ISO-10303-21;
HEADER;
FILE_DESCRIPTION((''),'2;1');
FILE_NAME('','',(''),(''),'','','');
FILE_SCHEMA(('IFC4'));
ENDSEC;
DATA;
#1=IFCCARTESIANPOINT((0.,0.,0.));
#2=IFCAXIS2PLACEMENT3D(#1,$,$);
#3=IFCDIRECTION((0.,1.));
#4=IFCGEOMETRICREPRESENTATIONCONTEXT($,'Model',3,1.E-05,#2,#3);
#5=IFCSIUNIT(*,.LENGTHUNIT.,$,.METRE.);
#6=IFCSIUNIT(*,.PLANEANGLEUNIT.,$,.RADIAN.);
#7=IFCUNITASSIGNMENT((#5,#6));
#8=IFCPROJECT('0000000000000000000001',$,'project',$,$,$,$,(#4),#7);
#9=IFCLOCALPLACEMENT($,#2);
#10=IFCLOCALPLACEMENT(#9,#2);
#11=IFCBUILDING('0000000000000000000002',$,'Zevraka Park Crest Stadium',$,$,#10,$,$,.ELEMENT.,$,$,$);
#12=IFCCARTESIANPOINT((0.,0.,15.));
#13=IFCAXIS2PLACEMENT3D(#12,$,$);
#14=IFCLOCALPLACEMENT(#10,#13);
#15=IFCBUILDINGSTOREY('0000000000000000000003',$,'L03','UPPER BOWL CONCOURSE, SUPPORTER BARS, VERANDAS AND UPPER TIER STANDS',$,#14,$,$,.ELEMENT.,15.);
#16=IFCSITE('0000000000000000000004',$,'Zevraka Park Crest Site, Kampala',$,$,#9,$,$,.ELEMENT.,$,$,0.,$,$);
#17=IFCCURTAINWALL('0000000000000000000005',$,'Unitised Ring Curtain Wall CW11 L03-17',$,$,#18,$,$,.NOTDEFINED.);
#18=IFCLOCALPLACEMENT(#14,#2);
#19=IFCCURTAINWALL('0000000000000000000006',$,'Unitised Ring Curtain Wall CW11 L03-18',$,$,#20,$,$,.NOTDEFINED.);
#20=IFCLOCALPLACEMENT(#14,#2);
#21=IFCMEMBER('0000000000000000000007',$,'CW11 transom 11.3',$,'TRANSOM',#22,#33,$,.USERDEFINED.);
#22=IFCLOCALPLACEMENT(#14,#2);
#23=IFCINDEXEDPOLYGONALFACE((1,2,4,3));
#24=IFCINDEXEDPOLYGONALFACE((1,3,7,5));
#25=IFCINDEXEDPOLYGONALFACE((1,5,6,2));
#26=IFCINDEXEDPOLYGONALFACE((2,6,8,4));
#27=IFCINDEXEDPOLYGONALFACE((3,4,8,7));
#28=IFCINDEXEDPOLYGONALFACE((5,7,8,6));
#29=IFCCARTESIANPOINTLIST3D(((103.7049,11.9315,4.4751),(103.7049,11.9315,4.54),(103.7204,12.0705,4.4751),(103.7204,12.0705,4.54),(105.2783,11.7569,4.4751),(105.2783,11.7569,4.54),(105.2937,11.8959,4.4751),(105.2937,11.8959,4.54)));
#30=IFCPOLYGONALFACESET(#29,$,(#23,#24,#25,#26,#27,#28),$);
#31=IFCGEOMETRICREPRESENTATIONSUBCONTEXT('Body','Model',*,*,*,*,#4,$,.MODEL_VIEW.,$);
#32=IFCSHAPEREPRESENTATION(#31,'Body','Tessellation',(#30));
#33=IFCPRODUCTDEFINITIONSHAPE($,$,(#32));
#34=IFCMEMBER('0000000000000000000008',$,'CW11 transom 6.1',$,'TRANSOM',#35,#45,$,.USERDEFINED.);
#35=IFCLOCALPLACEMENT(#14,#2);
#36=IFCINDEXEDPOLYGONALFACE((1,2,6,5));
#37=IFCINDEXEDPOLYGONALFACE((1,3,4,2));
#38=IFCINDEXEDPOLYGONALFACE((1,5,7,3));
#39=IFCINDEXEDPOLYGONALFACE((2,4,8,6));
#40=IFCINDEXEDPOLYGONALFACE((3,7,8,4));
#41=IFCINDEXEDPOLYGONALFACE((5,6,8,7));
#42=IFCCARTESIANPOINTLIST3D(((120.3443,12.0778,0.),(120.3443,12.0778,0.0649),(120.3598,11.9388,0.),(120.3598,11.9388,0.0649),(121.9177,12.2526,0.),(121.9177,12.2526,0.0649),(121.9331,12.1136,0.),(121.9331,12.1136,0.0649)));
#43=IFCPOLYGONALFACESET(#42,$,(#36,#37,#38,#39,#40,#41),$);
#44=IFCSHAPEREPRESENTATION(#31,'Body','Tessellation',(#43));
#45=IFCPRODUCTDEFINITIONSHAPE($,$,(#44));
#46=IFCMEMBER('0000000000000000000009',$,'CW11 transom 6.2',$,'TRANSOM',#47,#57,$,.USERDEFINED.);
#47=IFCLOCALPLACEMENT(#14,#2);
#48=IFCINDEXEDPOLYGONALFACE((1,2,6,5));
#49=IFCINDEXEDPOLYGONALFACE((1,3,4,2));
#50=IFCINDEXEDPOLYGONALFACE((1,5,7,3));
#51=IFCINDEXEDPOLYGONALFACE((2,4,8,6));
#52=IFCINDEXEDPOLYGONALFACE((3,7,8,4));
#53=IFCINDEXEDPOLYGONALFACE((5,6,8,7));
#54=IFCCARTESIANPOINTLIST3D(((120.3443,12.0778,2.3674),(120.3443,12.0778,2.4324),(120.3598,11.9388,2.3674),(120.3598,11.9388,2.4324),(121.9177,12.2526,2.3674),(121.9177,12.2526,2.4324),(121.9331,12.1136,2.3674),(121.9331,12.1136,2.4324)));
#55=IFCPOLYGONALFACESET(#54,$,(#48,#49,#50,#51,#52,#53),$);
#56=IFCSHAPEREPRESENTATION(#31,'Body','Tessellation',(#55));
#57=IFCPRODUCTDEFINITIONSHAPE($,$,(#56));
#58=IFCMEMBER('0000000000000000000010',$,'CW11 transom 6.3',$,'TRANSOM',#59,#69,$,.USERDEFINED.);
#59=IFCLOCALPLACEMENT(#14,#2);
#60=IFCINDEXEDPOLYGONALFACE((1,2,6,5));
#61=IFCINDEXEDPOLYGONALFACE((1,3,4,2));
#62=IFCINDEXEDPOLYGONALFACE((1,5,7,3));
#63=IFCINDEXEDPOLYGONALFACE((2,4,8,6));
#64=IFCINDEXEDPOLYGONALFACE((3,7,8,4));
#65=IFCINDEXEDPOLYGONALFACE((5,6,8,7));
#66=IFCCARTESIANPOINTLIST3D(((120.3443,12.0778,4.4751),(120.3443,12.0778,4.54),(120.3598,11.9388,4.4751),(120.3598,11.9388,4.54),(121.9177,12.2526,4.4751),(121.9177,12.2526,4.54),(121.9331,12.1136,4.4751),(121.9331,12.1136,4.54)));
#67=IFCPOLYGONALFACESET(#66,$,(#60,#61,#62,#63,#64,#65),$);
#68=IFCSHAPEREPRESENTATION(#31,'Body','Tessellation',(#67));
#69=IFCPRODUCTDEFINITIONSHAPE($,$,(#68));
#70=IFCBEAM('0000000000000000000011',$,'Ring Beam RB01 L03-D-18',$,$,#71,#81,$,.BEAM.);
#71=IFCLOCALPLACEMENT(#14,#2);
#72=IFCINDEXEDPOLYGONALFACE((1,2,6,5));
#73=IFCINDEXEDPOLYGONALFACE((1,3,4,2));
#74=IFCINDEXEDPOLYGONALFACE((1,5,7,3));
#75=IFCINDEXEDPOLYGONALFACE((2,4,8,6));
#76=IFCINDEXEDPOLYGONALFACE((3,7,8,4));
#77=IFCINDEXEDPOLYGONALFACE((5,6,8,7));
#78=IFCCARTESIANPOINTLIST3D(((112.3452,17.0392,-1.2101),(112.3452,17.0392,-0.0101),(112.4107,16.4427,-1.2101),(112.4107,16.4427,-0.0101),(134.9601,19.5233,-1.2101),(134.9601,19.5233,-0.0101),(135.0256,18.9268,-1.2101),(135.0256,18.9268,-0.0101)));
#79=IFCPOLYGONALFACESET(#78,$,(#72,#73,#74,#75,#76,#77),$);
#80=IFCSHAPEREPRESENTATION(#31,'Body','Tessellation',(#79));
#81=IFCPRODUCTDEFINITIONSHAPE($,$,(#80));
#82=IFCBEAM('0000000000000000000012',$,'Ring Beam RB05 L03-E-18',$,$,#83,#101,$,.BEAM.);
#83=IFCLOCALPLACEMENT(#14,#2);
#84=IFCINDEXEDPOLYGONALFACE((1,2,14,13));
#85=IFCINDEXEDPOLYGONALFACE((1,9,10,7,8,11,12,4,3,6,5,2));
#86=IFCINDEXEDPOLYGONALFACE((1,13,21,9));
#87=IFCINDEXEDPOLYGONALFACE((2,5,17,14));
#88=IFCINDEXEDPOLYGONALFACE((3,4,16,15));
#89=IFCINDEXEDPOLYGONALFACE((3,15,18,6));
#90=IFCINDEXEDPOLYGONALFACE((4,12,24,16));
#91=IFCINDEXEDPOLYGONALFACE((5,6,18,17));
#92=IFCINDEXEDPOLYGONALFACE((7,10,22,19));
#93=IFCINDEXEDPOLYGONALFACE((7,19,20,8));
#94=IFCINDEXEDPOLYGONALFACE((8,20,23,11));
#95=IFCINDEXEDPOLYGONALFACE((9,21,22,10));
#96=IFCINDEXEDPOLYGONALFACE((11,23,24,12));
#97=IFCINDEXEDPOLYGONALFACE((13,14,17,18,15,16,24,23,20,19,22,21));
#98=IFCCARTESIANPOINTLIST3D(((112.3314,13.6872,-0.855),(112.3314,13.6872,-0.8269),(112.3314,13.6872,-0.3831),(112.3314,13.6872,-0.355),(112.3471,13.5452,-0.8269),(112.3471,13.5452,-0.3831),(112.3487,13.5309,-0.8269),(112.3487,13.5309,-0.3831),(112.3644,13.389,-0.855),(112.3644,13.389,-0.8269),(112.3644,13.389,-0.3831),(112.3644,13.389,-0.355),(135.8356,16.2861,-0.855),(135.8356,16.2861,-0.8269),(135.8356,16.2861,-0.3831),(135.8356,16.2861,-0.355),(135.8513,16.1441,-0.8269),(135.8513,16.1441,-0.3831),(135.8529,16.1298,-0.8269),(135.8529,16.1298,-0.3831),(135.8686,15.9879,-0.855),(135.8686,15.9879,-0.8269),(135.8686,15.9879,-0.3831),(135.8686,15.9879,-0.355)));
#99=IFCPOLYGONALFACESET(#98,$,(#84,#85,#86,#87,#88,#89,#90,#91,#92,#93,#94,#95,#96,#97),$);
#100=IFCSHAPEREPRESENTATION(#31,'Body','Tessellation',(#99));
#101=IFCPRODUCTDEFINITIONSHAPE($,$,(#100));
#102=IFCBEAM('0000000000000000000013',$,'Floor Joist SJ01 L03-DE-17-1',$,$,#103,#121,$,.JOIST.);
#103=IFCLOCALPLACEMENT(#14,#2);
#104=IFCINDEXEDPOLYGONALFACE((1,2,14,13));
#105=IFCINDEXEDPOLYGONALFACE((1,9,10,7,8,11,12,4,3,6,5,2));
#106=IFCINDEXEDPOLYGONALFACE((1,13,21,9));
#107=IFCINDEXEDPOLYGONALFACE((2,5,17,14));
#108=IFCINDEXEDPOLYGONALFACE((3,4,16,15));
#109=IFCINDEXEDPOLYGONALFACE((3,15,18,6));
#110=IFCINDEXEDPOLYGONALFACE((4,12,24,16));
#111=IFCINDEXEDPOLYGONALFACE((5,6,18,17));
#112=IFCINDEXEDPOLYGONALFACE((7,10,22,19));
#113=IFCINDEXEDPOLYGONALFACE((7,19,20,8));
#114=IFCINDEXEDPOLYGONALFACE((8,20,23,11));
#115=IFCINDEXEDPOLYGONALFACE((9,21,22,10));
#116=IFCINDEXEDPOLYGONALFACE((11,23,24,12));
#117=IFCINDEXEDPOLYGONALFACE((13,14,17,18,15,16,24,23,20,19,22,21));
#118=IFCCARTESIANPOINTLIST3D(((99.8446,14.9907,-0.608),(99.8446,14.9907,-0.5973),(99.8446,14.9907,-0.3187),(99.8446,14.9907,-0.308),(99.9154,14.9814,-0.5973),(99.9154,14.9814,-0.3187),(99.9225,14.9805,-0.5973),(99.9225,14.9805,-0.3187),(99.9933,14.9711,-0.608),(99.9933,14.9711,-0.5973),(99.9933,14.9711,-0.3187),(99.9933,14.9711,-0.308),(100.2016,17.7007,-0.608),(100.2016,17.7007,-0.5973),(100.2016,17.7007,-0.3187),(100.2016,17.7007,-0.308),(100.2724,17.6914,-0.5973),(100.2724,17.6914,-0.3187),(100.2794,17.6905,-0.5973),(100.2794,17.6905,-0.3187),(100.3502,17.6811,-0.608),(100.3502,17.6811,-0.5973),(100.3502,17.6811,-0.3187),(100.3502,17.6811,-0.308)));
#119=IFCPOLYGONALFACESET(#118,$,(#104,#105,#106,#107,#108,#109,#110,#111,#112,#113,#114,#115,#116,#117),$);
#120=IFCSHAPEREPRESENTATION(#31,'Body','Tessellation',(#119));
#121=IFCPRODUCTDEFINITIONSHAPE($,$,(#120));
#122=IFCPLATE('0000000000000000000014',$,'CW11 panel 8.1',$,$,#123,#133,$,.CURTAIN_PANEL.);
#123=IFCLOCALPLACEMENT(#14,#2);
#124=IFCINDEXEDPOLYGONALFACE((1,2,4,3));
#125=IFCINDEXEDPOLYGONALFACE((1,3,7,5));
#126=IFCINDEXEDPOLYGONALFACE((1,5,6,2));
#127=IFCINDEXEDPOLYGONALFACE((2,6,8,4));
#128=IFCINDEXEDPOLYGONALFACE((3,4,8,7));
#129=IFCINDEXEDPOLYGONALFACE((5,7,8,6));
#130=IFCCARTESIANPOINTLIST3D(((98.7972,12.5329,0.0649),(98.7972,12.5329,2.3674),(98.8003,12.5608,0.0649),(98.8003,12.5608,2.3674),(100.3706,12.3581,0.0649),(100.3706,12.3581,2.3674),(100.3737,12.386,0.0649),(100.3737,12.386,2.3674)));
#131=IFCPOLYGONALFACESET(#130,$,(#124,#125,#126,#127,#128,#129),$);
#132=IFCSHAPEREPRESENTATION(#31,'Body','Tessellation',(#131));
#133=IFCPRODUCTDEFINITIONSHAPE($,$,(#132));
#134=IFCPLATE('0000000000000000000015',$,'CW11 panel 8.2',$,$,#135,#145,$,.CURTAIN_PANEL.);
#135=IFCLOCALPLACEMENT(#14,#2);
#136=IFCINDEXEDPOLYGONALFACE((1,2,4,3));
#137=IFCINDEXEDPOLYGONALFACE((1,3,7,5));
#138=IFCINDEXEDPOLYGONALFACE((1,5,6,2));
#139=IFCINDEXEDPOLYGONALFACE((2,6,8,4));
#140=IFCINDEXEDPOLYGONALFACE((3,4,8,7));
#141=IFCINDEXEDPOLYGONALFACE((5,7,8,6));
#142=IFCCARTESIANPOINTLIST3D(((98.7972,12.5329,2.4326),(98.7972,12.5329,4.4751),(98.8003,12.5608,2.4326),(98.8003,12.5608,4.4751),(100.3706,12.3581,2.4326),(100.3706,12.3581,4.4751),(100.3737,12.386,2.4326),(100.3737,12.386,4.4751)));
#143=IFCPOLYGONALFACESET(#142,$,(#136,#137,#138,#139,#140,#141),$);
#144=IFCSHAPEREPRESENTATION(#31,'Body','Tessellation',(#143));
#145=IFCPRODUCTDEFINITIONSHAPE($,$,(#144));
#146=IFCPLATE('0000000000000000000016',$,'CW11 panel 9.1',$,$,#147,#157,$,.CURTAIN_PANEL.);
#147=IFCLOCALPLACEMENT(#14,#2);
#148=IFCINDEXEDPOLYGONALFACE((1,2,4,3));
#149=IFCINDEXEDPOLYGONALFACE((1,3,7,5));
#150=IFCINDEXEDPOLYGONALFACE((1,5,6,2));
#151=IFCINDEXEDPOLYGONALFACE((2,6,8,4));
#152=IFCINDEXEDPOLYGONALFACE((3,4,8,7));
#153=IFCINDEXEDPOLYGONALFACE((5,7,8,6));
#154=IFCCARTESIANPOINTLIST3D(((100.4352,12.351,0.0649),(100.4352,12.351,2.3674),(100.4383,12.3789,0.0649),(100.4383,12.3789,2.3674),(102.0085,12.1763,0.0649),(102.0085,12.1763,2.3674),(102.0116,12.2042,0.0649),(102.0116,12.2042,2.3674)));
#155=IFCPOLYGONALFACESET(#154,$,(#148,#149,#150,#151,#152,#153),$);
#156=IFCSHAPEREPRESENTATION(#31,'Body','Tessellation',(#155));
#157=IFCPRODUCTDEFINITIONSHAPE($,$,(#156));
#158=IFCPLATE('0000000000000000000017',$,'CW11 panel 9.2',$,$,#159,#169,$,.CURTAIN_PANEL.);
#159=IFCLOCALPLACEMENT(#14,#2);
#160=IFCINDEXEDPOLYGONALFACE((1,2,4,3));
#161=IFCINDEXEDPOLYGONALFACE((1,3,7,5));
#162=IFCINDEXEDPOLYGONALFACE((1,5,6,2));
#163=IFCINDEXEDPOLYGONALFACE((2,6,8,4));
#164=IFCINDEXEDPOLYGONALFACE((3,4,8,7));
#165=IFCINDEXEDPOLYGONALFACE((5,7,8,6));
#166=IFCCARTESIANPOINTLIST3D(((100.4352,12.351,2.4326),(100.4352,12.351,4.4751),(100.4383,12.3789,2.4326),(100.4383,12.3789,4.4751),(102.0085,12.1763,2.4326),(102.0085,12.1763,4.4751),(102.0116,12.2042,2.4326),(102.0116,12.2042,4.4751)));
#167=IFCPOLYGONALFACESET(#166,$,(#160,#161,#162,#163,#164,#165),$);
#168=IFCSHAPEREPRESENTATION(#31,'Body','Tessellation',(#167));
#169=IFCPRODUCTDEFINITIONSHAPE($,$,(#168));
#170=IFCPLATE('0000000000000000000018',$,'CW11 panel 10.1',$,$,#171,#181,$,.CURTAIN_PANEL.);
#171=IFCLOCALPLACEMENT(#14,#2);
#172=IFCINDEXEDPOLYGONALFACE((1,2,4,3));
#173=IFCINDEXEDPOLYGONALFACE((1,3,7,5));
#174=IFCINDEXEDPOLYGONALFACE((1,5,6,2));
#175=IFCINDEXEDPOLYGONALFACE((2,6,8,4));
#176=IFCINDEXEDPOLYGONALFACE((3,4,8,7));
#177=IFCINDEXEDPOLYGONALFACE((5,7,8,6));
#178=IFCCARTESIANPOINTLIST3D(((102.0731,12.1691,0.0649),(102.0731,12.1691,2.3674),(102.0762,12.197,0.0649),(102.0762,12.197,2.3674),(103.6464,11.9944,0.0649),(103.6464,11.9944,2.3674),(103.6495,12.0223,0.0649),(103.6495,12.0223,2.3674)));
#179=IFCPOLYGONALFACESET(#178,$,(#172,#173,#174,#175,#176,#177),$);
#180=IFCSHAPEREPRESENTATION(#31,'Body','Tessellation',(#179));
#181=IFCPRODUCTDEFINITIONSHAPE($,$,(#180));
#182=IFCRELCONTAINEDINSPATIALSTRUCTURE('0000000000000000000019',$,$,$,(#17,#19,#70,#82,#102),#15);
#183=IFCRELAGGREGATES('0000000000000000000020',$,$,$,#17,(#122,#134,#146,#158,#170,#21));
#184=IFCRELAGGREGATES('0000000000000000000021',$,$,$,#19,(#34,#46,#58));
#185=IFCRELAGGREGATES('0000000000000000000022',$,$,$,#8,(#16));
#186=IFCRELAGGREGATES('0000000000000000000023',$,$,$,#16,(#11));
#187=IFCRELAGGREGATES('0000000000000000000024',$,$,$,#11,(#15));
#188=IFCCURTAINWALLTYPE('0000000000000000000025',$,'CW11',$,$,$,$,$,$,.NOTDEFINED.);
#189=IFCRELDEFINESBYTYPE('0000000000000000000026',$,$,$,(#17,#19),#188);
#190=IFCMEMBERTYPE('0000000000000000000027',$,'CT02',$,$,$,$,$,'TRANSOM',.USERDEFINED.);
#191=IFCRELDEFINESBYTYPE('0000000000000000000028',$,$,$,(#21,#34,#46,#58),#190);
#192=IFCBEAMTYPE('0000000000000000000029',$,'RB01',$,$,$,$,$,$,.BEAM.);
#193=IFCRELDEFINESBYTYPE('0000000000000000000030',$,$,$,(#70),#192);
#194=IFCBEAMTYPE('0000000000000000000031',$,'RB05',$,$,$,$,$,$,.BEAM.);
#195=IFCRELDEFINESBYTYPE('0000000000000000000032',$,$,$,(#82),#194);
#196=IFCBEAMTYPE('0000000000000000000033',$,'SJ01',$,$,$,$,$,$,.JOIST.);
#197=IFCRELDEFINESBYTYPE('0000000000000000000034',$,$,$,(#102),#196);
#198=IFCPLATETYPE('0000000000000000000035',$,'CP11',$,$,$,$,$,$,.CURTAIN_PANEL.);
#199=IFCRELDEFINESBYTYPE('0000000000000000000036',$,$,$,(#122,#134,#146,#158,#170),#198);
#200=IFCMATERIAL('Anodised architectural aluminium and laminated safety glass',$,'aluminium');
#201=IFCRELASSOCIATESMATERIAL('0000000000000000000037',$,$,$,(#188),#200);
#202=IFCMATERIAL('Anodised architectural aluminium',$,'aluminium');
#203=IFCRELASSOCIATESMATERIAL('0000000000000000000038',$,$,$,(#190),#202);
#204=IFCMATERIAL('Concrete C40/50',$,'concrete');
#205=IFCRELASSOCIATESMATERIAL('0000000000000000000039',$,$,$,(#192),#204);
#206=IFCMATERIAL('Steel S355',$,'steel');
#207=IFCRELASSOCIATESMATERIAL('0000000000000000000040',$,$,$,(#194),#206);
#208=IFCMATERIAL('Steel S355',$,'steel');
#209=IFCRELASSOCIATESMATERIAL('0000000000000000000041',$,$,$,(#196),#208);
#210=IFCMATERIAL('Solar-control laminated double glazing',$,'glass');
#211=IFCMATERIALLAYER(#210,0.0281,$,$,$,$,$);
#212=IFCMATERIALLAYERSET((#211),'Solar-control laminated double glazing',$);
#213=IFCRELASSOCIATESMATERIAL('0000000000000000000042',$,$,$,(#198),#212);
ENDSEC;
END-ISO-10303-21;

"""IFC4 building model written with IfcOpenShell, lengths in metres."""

from ifc_helpers import new_model, si_unit, direction, frame, origin, origin_2d, place, context, subcontext, project, spatial, rectangle, i_section, extrude, material, layer, layer_set, material_profile, profile_set, type_object, element, aggregate, save


model = new_model("IFC4")

# Units and contexts
model_context = context("Model", 3, precision=1e-05, world=origin(), true_north=direction((0.0, 1.0)))
body_context = subcontext(model_context, "Body", "Model", "MODEL_VIEW")
ifc_project = project(units=[si_unit("LENGTHUNIT", "METRE"), si_unit("PLANEANGLEUNIT", "RADIAN")], contexts=[model_context])

# Site, building, storey
site_placement = place(None, origin())
site = spatial("IfcSite", under=ifc_project, at=site_placement, Name="Zevraka Park Crest Site, Kampala", CompositionType="ELEMENT", RefElevation=0.0)
building_placement = place(site_placement, origin())
building = spatial("IfcBuilding", under=site, at=building_placement, Name="Zevraka Park Crest Stadium", CompositionType="ELEMENT")
storey_placement = place(building_placement, frame((0.0, 0.0, 15.0)))
storey = spatial("IfcBuildingStorey", under=building, at=storey_placement, Name="L03", Description="UPPER BOWL CONCOURSE, SUPPORTER BARS, VERANDAS AND UPPER TIER STANDS", CompositionType="ELEMENT", Elevation=15.0)

# Curtain wall
ifc_material_1 = material(Name="Anodised architectural aluminium and laminated safety glass", Category="aluminium")
curtain_wall_type = type_object("IfcCurtainWallType", Name="CW11", PredefinedType="NOTDEFINED", material=ifc_material_1)
curtain_wall_1_placement = place(storey_placement, origin())
curtain_wall_1 = element("IfcCurtainWall", 1, at=curtain_wall_1_placement, inside=storey, type_object=curtain_wall_type, Name="Unitised Ring Curtain Wall CW11 L03-17", PredefinedType="NOTDEFINED")

# Curtain wall
curtain_wall_2_placement = place(storey_placement, origin())
curtain_wall_2 = element("IfcCurtainWall", 2, at=curtain_wall_2_placement, inside=storey, type_object=curtain_wall_type, Name="Unitised Ring Curtain Wall CW11 L03-18", PredefinedType="NOTDEFINED")

# Members
ifc_material_2 = material(Name="Anodised architectural aluminium", Category="aluminium")
ifc_material_profile_1 = material_profile(ifc_material_2, rectangle(XDim=0.1399, YDim=0.0649, at=origin_2d()), Name="ALU TRANSOM 140x65")
ifc_profile_set_1 = profile_set([ifc_material_profile_1], Name="Anodised architectural aluminium")
member_type_1 = type_object("IfcMemberType", Name="CT02", ElementType="TRANSOM", PredefinedType="USERDEFINED", material=ifc_profile_set_1)
member_1_placement = place(storey_placement, frame((103.7126, 12.001, 4.5076), z_axis=(0.993901, -0.110279, 0.0), x_axis=(0.110279, 0.993901, 0.0)))
member_1 = element("IfcMember", 3, at=member_1_placement, type_object=member_type_1, Name="CW11 transom 11.3", ObjectType="TRANSOM", PredefinedType="USERDEFINED", context=body_context, shape_type="SweptSolid", body=[
    extrude(rectangle(XDim=0.1399, YDim=0.0649, at=origin_2d()), origin(), (0.0, 0.0, 1.0), 1.583),
])
member_2_placement = place(storey_placement, frame((120.3521, 12.0083, 0.0325), z_axis=(0.993884, 0.110432, 0.0), x_axis=(-0.110432, 0.993884, 0.0)))
member_2 = element("IfcMember", 4, at=member_2_placement, type_object=member_type_1, Name="CW11 transom 6.1", ObjectType="TRANSOM", PredefinedType="USERDEFINED", context=body_context, shape_type="SweptSolid", body=[
    extrude(rectangle(XDim=0.1399, YDim=0.0649, at=origin_2d()), origin(), (0.0, 0.0, 1.0), 1.583),
])
member_3_placement = place(storey_placement, frame((120.3521, 12.0083, 2.3999), z_axis=(0.993884, 0.110432, 0.0), x_axis=(-0.110432, 0.993884, 0.0)))
member_3 = element("IfcMember", 5, at=member_3_placement, type_object=member_type_1, Name="CW11 transom 6.2", ObjectType="TRANSOM", PredefinedType="USERDEFINED", context=body_context, shape_type="SweptSolid", body=[
    extrude(rectangle(XDim=0.1399, YDim=0.0649, at=origin_2d()), origin(), (0.0, 0.0, 1.0), 1.583),
])
member_4_placement = place(storey_placement, frame((120.3521, 12.0083, 4.5076), z_axis=(0.993884, 0.110432, 0.0), x_axis=(-0.110432, 0.993884, 0.0)))
member_4 = element("IfcMember", 6, at=member_4_placement, type_object=member_type_1, Name="CW11 transom 6.3", ObjectType="TRANSOM", PredefinedType="USERDEFINED", context=body_context, shape_type="SweptSolid", body=[
    extrude(rectangle(XDim=0.1399, YDim=0.0649, at=origin_2d()), origin(), (0.0, 0.0, 1.0), 1.583),
])

# Beams
ifc_material_3 = material(Name="Concrete C40/50", Category="concrete")
ifc_material_profile_2 = material_profile(ifc_material_3, rectangle(XDim=0.6001, YDim=1.2, at=origin_2d()), Name="RC 1200x600")
ifc_profile_set_2 = profile_set([ifc_material_profile_2], Name="Concrete C40/50")
beam_type_1 = type_object("IfcBeamType", Name="RB01", PredefinedType="BEAM", material=ifc_profile_set_2)
beam_1_placement = place(storey_placement, frame((112.3779, 16.741, -0.6101), z_axis=(0.994021, 0.109188, 0.0), x_axis=(-0.109188, 0.994021, 0.0)))
element("IfcBeam", 7, at=beam_1_placement, inside=storey, type_object=beam_type_1, Name="Ring Beam RB01 L03-D-18", PredefinedType="BEAM", context=body_context, shape_type="SweptSolid", body=[
    extrude(rectangle(XDim=0.6001, YDim=1.2, at=origin_2d()), origin(), (0.0, 0.0, 1.0), 22.751),
])
ifc_material_4 = material(Name="Steel S355", Category="steel")
ifc_material_profile_3 = material_profile(ifc_material_4, i_section(OverallWidth=0.3, OverallDepth=0.5, WebThickness=0.0144, FlangeThickness=0.0281, at=origin_2d()), Name="HEB 500")
ifc_profile_set_3 = profile_set([ifc_material_profile_3], Name="Steel S355")
beam_type_2 = type_object("IfcBeamType", Name="RB05", PredefinedType="BEAM", material=ifc_profile_set_3)
beam_2_placement = place(storey_placement, frame((112.3479, 13.5381, -0.605), z_axis=(0.993943, 0.109901, 0.0), x_axis=(-0.109901, 0.993943, 0.0)))
element("IfcBeam", 8, at=beam_2_placement, inside=storey, type_object=beam_type_2, Name="Ring Beam RB05 L03-E-18", PredefinedType="BEAM", context=body_context, shape_type="SweptSolid", body=[
    extrude(i_section(OverallWidth=0.3, OverallDepth=0.5, WebThickness=0.0144, FlangeThickness=0.0281, at=origin_2d()), origin(), (0.0, 0.0, 1.0), 23.6475),
])
ifc_material_5 = material(Name="Steel S355", Category="steel")
ifc_material_profile_4 = material_profile(ifc_material_5, i_section(OverallWidth=0.1499, OverallDepth=0.3, WebThickness=0.0071, FlangeThickness=0.0107, at=origin_2d()), Name="IPE 300")
ifc_profile_set_4 = profile_set([ifc_material_profile_4], Name="Steel S355")
beam_type_3 = type_object("IfcBeamType", Name="SJ01", PredefinedType="JOIST", material=ifc_profile_set_4)
beam_3_placement = place(storey_placement, frame((100.2759, 17.6909, -0.458), z_axis=(-0.130584, -0.991437, 0.0), x_axis=(0.991437, -0.130584, 0.0)))
element("IfcBeam", 9, at=beam_3_placement, inside=storey, type_object=beam_type_3, Name="Floor Joist SJ01 L03-DE-17-1", PredefinedType="JOIST", context=body_context, shape_type="SweptSolid", body=[
    extrude(i_section(OverallWidth=0.1499, OverallDepth=0.3, WebThickness=0.0071, FlangeThickness=0.0107, at=origin_2d()), origin(), (0.0, 0.0, 1.0), 2.7334),
])

# Plates
ifc_material_6 = material(Name="Solar-control laminated double glazing", Category="glass")
ifc_layer_1 = layer(ifc_material_6, 0.0281)
ifc_layer_set_1 = layer_set([ifc_layer_1], Name="Solar-control laminated double glazing")
plate_type = type_object("IfcPlateType", Name="CP11", PredefinedType="CURTAIN_PANEL", material=ifc_layer_set_1)
plate_1_placement = place(storey_placement, frame((99.5854, 12.4595, 0.0649), z_axis=(0.0, 0.0, 1.0), x_axis=(0.993888, -0.110396, 0.0)))
plate_1 = element("IfcPlate", 10, at=plate_1_placement, type_object=plate_type, Name="CW11 panel 8.1", PredefinedType="CURTAIN_PANEL", context=body_context, shape_type="SweptSolid", body=[
    extrude(rectangle(XDim=1.583, YDim=0.0281, at=origin_2d()), origin(), (0.0, 0.0, 1.0), 2.3025),
])
plate_2_placement = place(storey_placement, frame((99.5854, 12.4595, 2.4326), z_axis=(0.0, 0.0, 1.0), x_axis=(0.993888, -0.110396, 0.0)))
plate_2 = element("IfcPlate", 11, at=plate_2_placement, type_object=plate_type, Name="CW11 panel 8.2", PredefinedType="CURTAIN_PANEL", context=body_context, shape_type="SweptSolid", body=[
    extrude(rectangle(XDim=1.583, YDim=0.0281, at=origin_2d()), origin(), (0.0, 0.0, 1.0), 2.0425),
])
plate_3_placement = place(storey_placement, frame((101.2234, 12.2776, 0.0649), z_axis=(0.0, 0.0, 1.0), x_axis=(0.993888, -0.110396, 0.0)))
plate_3 = element("IfcPlate", 12, at=plate_3_placement, type_object=plate_type, Name="CW11 panel 9.1", PredefinedType="CURTAIN_PANEL", context=body_context, shape_type="SweptSolid", body=[
    extrude(rectangle(XDim=1.583, YDim=0.0281, at=origin_2d()), origin(), (0.0, 0.0, 1.0), 2.3025),
])
plate_4_placement = place(storey_placement, frame((101.2234, 12.2776, 2.4326), z_axis=(0.0, 0.0, 1.0), x_axis=(0.993888, -0.110396, 0.0)))
plate_4 = element("IfcPlate", 13, at=plate_4_placement, type_object=plate_type, Name="CW11 panel 9.2", PredefinedType="CURTAIN_PANEL", context=body_context, shape_type="SweptSolid", body=[
    extrude(rectangle(XDim=1.583, YDim=0.0281, at=origin_2d()), origin(), (0.0, 0.0, 1.0), 2.0425),
])
plate_5_placement = place(storey_placement, frame((102.8613, 12.0957, 0.0649), z_axis=(0.0, 0.0, 1.0), x_axis=(0.993888, -0.110396, 0.0)))
plate_5 = element("IfcPlate", 14, at=plate_5_placement, type_object=plate_type, Name="CW11 panel 10.1", PredefinedType="CURTAIN_PANEL", context=body_context, shape_type="SweptSolid", body=[
    extrude(rectangle(XDim=1.583, YDim=0.0281, at=origin_2d()), origin(), (0.0, 0.0, 1.0), 2.3025),
])
aggregate(curtain_wall_1, [plate_1, plate_2, plate_3, plate_4, plate_5, member_1])
aggregate(curtain_wall_2, [member_2, member_3, member_4])

save(model, "model.ifc")
